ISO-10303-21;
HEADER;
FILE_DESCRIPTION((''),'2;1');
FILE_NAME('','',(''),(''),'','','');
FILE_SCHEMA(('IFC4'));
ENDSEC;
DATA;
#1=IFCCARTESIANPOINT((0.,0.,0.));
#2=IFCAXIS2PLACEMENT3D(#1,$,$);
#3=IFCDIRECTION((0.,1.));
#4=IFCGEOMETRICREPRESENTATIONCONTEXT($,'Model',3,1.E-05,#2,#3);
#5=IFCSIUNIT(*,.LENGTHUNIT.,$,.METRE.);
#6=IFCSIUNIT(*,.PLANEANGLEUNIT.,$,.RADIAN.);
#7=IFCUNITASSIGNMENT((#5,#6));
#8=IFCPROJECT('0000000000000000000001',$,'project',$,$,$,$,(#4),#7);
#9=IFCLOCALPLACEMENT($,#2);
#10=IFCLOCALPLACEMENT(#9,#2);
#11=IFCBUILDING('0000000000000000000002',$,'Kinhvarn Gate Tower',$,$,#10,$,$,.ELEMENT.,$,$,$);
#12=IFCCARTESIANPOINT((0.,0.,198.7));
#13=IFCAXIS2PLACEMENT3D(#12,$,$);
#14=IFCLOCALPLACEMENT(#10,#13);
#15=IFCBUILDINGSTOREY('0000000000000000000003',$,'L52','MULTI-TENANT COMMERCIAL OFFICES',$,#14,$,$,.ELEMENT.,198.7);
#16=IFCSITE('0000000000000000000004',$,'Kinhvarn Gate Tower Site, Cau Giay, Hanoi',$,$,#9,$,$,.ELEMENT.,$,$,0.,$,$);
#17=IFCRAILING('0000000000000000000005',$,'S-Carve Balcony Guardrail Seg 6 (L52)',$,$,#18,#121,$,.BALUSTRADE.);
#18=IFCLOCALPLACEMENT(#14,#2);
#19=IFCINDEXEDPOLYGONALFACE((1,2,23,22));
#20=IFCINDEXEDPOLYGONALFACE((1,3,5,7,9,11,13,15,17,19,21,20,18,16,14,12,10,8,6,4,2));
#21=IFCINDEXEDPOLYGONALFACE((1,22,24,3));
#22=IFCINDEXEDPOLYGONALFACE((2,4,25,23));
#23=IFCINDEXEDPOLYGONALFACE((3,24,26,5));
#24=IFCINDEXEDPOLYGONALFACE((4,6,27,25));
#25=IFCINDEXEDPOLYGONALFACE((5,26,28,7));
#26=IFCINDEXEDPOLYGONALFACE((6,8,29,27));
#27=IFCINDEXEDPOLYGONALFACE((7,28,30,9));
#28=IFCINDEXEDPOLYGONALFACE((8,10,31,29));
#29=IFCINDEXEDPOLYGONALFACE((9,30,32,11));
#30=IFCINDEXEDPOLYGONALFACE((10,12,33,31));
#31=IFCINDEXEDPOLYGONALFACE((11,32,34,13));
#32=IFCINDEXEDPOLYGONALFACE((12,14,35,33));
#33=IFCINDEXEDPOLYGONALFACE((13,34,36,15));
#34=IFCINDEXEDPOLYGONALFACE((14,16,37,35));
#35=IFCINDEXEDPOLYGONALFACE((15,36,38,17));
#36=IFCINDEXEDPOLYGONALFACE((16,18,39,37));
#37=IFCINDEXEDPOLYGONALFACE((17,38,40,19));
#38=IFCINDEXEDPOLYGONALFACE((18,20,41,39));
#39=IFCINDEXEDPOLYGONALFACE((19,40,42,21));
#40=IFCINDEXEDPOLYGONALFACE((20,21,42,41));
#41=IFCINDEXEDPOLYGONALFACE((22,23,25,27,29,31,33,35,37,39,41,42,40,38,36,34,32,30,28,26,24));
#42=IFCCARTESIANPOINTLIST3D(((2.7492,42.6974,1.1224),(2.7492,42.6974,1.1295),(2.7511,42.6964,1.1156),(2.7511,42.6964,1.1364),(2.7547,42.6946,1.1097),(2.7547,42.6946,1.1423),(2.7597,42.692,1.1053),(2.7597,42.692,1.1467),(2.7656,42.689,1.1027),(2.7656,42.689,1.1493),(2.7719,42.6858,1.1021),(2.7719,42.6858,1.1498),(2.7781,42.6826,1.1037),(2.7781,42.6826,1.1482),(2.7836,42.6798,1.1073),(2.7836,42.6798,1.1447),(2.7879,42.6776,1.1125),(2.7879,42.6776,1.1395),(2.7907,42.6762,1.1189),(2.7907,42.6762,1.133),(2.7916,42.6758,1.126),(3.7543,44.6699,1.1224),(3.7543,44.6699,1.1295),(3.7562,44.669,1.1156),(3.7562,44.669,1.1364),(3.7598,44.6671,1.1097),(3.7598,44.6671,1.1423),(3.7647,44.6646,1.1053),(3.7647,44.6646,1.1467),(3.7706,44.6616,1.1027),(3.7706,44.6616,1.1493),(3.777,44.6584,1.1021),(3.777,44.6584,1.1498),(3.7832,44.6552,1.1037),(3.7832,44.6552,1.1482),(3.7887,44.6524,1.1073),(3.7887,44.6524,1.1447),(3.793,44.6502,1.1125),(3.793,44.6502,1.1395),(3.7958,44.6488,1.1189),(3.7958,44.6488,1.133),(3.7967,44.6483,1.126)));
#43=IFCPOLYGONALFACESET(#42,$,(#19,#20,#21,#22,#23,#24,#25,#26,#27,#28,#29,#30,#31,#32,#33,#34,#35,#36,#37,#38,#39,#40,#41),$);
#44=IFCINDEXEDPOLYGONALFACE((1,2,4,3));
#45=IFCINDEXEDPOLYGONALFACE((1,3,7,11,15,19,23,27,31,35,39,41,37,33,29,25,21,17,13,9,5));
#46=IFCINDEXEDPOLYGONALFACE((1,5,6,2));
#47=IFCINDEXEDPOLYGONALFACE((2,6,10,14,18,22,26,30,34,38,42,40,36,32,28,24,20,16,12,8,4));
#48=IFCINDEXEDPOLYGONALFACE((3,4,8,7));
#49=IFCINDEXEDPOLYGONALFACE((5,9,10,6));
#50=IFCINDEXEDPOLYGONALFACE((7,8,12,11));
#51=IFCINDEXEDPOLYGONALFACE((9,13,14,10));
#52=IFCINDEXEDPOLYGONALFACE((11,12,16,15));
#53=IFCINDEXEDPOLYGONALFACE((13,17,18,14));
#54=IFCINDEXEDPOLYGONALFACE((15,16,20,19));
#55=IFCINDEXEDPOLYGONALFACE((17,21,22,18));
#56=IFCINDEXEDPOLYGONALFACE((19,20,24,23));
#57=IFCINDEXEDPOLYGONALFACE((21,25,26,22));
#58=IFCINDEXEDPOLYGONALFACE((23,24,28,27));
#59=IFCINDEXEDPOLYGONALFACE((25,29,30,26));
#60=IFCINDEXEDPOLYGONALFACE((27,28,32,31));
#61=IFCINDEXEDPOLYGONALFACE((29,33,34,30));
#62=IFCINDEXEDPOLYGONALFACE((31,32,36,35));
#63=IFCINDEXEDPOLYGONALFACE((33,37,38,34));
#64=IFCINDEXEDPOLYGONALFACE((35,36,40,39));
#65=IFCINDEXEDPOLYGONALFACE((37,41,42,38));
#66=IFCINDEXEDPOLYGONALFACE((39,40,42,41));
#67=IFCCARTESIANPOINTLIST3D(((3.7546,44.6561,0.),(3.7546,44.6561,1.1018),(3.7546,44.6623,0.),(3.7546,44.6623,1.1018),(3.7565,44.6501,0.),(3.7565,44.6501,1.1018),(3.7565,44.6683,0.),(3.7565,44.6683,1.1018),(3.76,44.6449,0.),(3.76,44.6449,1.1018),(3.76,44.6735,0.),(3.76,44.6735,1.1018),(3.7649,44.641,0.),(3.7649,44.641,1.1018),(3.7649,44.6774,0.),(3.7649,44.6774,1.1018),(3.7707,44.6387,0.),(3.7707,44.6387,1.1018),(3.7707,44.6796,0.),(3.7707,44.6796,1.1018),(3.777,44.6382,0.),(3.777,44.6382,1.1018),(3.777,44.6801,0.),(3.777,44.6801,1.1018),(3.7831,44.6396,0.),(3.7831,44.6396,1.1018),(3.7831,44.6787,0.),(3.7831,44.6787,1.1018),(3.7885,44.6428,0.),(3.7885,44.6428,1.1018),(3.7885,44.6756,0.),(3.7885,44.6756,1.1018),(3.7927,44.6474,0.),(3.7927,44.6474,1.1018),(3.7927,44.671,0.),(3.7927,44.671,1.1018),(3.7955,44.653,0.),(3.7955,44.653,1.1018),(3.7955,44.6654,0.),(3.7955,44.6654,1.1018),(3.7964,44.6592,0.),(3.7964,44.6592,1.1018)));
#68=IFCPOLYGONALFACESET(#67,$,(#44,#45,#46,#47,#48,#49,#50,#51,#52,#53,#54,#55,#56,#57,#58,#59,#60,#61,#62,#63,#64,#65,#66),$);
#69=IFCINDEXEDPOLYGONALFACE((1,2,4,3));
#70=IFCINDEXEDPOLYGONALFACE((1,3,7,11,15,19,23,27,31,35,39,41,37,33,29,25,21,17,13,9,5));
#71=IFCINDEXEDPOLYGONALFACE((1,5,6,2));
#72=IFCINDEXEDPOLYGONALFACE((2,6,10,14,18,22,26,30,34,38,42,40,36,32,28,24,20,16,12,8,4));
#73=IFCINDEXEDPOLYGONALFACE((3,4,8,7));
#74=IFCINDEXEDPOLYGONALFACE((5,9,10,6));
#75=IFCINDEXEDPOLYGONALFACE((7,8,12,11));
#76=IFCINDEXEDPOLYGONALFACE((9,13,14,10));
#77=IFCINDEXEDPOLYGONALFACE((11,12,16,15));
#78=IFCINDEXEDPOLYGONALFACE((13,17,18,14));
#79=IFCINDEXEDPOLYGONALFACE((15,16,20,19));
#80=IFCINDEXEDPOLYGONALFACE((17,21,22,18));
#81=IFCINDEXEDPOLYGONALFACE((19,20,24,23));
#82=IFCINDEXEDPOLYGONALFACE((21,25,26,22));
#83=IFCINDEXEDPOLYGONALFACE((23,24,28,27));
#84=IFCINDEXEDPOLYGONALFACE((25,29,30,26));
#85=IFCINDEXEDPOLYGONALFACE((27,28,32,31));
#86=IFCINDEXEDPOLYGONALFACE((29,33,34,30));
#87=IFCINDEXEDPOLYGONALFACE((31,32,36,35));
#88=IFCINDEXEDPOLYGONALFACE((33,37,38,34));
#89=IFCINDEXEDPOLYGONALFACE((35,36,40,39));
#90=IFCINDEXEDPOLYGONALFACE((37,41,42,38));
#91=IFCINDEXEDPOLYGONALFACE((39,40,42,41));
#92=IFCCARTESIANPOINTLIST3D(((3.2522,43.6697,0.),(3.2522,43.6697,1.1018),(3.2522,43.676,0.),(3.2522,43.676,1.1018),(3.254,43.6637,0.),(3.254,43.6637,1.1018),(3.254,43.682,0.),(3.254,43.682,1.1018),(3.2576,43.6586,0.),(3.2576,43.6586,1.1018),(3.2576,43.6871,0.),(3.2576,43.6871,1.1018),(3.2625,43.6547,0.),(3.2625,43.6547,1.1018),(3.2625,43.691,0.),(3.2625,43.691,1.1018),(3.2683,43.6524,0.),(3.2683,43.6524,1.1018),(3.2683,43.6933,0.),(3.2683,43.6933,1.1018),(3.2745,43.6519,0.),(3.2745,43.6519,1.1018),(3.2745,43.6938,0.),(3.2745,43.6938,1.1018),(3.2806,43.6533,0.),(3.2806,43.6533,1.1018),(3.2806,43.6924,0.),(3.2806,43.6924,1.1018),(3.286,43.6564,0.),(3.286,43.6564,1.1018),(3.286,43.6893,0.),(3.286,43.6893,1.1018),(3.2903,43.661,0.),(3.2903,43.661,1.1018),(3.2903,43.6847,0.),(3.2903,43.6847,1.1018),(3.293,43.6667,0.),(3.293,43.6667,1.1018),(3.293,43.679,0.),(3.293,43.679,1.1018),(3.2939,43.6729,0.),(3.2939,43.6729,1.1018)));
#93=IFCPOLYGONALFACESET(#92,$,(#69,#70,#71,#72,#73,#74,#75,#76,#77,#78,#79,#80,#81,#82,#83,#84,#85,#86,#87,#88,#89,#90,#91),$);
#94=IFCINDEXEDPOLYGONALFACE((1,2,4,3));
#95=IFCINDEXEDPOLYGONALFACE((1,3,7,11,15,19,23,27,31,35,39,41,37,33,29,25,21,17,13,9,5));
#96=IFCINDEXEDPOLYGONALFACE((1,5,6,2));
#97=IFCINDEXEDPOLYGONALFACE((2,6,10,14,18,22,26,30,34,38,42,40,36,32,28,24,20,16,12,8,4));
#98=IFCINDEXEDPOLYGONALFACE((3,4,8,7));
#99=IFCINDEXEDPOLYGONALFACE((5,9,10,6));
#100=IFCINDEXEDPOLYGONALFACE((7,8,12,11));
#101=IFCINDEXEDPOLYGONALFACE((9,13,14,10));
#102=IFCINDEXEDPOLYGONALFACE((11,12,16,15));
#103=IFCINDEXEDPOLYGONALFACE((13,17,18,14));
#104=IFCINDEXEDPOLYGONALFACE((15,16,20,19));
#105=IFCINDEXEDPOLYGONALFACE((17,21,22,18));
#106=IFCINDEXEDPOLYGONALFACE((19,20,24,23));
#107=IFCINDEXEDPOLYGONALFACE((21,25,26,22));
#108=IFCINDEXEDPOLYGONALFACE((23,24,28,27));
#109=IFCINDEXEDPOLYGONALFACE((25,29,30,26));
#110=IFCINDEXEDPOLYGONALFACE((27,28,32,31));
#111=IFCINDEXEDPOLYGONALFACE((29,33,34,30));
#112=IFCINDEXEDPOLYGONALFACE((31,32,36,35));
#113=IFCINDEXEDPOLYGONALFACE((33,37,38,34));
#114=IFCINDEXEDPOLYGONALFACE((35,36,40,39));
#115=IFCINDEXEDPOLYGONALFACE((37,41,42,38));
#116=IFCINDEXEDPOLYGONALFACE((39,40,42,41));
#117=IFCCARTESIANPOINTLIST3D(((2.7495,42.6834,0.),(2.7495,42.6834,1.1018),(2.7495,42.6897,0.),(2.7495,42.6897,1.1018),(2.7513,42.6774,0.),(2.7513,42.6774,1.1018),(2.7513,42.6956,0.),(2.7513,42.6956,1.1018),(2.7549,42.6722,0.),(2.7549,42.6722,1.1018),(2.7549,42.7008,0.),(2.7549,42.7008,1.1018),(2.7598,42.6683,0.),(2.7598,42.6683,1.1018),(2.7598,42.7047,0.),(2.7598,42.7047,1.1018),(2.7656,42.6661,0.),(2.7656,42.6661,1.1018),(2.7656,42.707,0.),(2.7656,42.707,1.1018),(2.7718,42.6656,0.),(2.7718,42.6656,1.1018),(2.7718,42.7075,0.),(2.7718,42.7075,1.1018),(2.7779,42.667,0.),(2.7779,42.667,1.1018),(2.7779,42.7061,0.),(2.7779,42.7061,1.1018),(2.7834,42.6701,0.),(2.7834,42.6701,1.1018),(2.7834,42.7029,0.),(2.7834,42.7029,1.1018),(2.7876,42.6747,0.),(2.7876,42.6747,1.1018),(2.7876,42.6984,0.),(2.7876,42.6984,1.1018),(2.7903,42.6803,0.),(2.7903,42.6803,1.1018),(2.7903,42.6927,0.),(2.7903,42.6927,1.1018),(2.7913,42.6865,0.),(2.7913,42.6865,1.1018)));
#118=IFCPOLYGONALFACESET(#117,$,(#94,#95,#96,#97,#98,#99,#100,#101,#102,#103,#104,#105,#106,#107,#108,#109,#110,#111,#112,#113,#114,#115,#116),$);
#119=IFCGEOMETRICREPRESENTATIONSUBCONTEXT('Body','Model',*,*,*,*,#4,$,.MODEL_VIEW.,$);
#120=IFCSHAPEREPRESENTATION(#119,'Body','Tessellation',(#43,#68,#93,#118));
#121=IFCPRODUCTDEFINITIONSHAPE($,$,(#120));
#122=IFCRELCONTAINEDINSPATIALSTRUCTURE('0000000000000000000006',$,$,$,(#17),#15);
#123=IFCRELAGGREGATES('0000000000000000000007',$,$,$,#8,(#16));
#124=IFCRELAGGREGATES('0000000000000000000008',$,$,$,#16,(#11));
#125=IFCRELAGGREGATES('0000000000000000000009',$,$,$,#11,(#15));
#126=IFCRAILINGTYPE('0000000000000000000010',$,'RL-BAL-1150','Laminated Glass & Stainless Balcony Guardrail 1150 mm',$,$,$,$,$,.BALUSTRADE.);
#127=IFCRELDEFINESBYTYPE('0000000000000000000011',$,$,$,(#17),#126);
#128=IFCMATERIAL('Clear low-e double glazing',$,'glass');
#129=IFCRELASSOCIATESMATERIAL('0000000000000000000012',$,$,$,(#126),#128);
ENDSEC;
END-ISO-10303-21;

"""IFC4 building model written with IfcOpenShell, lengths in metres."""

from ifc_helpers import new_model, si_unit, direction, frame, origin, origin_2d, place, context, subcontext, project, spatial, circle, extrude, material, type_object, element, save


model = new_model("IFC4")

# Units and contexts
model_context = context("Model", 3, precision=1e-05, world=origin(), true_north=direction((0.0, 1.0)))
body_context = subcontext(model_context, "Body", "Model", "MODEL_VIEW")
ifc_project = project(units=[si_unit("LENGTHUNIT", "METRE"), si_unit("PLANEANGLEUNIT", "RADIAN")], contexts=[model_context])

# Site, building, storey
site_placement = place(None, origin())
site = spatial("IfcSite", under=ifc_project, at=site_placement, Name="Kinhvarn Gate Tower Site, Cau Giay, Hanoi", CompositionType="ELEMENT", RefElevation=0.0)
building_placement = place(site_placement, origin())
building = spatial("IfcBuilding", under=site, at=building_placement, Name="Kinhvarn Gate Tower", CompositionType="ELEMENT")
storey_placement = place(building_placement, frame((0.0, 0.0, 198.7)))
storey = spatial("IfcBuildingStorey", under=building, at=storey_placement, Name="L52", Description="MULTI-TENANT COMMERCIAL OFFICES", CompositionType="ELEMENT", Elevation=198.7)

# Shared definitions
ifc_material_1 = material(Name="Clear low-e double glazing", Category="glass")

# Railing
railing_type = type_object("IfcRailingType", Name="RL-BAL-1150", Description="Laminated Glass & Stainless Balcony Guardrail 1150 mm", PredefinedType="BALUSTRADE", material=ifc_material_1)
railing_1_placement = place(storey_placement, frame((3.7754, 44.6592, 0.0)))
element("IfcRailing", 1, at=railing_1_placement, inside=storey, type_object=railing_type, Name="S-Carve Balcony Guardrail Seg 6 (L52)", PredefinedType="BALUSTRADE", context=body_context, shape_type="SweptSolid", body=[
    extrude(circle(Radius=0.0239, at=origin_2d()), frame((0.0, 0.0, 1.126), z_axis=(-0.453994, -0.891005, 0.0), x_axis=(0.891005, -0.453994, 0.0)), (0.0, 0.0, 1.0), 2.2139),
    extrude(circle(Radius=0.021, at=origin_2d()), origin(), (0.0, 0.0, 1.0), 1.1018),
    extrude(circle(Radius=0.021, at=origin_2d()), frame((-0.5024, -0.9863, 0.0)), (0.0, 0.0, 1.0), 1.1018),
    extrude(circle(Radius=0.021, at=origin_2d()), frame((-1.0051, -1.9727, 0.0)), (0.0, 0.0, 1.0), 1.1018),
])

save(model, "model.ifc")
